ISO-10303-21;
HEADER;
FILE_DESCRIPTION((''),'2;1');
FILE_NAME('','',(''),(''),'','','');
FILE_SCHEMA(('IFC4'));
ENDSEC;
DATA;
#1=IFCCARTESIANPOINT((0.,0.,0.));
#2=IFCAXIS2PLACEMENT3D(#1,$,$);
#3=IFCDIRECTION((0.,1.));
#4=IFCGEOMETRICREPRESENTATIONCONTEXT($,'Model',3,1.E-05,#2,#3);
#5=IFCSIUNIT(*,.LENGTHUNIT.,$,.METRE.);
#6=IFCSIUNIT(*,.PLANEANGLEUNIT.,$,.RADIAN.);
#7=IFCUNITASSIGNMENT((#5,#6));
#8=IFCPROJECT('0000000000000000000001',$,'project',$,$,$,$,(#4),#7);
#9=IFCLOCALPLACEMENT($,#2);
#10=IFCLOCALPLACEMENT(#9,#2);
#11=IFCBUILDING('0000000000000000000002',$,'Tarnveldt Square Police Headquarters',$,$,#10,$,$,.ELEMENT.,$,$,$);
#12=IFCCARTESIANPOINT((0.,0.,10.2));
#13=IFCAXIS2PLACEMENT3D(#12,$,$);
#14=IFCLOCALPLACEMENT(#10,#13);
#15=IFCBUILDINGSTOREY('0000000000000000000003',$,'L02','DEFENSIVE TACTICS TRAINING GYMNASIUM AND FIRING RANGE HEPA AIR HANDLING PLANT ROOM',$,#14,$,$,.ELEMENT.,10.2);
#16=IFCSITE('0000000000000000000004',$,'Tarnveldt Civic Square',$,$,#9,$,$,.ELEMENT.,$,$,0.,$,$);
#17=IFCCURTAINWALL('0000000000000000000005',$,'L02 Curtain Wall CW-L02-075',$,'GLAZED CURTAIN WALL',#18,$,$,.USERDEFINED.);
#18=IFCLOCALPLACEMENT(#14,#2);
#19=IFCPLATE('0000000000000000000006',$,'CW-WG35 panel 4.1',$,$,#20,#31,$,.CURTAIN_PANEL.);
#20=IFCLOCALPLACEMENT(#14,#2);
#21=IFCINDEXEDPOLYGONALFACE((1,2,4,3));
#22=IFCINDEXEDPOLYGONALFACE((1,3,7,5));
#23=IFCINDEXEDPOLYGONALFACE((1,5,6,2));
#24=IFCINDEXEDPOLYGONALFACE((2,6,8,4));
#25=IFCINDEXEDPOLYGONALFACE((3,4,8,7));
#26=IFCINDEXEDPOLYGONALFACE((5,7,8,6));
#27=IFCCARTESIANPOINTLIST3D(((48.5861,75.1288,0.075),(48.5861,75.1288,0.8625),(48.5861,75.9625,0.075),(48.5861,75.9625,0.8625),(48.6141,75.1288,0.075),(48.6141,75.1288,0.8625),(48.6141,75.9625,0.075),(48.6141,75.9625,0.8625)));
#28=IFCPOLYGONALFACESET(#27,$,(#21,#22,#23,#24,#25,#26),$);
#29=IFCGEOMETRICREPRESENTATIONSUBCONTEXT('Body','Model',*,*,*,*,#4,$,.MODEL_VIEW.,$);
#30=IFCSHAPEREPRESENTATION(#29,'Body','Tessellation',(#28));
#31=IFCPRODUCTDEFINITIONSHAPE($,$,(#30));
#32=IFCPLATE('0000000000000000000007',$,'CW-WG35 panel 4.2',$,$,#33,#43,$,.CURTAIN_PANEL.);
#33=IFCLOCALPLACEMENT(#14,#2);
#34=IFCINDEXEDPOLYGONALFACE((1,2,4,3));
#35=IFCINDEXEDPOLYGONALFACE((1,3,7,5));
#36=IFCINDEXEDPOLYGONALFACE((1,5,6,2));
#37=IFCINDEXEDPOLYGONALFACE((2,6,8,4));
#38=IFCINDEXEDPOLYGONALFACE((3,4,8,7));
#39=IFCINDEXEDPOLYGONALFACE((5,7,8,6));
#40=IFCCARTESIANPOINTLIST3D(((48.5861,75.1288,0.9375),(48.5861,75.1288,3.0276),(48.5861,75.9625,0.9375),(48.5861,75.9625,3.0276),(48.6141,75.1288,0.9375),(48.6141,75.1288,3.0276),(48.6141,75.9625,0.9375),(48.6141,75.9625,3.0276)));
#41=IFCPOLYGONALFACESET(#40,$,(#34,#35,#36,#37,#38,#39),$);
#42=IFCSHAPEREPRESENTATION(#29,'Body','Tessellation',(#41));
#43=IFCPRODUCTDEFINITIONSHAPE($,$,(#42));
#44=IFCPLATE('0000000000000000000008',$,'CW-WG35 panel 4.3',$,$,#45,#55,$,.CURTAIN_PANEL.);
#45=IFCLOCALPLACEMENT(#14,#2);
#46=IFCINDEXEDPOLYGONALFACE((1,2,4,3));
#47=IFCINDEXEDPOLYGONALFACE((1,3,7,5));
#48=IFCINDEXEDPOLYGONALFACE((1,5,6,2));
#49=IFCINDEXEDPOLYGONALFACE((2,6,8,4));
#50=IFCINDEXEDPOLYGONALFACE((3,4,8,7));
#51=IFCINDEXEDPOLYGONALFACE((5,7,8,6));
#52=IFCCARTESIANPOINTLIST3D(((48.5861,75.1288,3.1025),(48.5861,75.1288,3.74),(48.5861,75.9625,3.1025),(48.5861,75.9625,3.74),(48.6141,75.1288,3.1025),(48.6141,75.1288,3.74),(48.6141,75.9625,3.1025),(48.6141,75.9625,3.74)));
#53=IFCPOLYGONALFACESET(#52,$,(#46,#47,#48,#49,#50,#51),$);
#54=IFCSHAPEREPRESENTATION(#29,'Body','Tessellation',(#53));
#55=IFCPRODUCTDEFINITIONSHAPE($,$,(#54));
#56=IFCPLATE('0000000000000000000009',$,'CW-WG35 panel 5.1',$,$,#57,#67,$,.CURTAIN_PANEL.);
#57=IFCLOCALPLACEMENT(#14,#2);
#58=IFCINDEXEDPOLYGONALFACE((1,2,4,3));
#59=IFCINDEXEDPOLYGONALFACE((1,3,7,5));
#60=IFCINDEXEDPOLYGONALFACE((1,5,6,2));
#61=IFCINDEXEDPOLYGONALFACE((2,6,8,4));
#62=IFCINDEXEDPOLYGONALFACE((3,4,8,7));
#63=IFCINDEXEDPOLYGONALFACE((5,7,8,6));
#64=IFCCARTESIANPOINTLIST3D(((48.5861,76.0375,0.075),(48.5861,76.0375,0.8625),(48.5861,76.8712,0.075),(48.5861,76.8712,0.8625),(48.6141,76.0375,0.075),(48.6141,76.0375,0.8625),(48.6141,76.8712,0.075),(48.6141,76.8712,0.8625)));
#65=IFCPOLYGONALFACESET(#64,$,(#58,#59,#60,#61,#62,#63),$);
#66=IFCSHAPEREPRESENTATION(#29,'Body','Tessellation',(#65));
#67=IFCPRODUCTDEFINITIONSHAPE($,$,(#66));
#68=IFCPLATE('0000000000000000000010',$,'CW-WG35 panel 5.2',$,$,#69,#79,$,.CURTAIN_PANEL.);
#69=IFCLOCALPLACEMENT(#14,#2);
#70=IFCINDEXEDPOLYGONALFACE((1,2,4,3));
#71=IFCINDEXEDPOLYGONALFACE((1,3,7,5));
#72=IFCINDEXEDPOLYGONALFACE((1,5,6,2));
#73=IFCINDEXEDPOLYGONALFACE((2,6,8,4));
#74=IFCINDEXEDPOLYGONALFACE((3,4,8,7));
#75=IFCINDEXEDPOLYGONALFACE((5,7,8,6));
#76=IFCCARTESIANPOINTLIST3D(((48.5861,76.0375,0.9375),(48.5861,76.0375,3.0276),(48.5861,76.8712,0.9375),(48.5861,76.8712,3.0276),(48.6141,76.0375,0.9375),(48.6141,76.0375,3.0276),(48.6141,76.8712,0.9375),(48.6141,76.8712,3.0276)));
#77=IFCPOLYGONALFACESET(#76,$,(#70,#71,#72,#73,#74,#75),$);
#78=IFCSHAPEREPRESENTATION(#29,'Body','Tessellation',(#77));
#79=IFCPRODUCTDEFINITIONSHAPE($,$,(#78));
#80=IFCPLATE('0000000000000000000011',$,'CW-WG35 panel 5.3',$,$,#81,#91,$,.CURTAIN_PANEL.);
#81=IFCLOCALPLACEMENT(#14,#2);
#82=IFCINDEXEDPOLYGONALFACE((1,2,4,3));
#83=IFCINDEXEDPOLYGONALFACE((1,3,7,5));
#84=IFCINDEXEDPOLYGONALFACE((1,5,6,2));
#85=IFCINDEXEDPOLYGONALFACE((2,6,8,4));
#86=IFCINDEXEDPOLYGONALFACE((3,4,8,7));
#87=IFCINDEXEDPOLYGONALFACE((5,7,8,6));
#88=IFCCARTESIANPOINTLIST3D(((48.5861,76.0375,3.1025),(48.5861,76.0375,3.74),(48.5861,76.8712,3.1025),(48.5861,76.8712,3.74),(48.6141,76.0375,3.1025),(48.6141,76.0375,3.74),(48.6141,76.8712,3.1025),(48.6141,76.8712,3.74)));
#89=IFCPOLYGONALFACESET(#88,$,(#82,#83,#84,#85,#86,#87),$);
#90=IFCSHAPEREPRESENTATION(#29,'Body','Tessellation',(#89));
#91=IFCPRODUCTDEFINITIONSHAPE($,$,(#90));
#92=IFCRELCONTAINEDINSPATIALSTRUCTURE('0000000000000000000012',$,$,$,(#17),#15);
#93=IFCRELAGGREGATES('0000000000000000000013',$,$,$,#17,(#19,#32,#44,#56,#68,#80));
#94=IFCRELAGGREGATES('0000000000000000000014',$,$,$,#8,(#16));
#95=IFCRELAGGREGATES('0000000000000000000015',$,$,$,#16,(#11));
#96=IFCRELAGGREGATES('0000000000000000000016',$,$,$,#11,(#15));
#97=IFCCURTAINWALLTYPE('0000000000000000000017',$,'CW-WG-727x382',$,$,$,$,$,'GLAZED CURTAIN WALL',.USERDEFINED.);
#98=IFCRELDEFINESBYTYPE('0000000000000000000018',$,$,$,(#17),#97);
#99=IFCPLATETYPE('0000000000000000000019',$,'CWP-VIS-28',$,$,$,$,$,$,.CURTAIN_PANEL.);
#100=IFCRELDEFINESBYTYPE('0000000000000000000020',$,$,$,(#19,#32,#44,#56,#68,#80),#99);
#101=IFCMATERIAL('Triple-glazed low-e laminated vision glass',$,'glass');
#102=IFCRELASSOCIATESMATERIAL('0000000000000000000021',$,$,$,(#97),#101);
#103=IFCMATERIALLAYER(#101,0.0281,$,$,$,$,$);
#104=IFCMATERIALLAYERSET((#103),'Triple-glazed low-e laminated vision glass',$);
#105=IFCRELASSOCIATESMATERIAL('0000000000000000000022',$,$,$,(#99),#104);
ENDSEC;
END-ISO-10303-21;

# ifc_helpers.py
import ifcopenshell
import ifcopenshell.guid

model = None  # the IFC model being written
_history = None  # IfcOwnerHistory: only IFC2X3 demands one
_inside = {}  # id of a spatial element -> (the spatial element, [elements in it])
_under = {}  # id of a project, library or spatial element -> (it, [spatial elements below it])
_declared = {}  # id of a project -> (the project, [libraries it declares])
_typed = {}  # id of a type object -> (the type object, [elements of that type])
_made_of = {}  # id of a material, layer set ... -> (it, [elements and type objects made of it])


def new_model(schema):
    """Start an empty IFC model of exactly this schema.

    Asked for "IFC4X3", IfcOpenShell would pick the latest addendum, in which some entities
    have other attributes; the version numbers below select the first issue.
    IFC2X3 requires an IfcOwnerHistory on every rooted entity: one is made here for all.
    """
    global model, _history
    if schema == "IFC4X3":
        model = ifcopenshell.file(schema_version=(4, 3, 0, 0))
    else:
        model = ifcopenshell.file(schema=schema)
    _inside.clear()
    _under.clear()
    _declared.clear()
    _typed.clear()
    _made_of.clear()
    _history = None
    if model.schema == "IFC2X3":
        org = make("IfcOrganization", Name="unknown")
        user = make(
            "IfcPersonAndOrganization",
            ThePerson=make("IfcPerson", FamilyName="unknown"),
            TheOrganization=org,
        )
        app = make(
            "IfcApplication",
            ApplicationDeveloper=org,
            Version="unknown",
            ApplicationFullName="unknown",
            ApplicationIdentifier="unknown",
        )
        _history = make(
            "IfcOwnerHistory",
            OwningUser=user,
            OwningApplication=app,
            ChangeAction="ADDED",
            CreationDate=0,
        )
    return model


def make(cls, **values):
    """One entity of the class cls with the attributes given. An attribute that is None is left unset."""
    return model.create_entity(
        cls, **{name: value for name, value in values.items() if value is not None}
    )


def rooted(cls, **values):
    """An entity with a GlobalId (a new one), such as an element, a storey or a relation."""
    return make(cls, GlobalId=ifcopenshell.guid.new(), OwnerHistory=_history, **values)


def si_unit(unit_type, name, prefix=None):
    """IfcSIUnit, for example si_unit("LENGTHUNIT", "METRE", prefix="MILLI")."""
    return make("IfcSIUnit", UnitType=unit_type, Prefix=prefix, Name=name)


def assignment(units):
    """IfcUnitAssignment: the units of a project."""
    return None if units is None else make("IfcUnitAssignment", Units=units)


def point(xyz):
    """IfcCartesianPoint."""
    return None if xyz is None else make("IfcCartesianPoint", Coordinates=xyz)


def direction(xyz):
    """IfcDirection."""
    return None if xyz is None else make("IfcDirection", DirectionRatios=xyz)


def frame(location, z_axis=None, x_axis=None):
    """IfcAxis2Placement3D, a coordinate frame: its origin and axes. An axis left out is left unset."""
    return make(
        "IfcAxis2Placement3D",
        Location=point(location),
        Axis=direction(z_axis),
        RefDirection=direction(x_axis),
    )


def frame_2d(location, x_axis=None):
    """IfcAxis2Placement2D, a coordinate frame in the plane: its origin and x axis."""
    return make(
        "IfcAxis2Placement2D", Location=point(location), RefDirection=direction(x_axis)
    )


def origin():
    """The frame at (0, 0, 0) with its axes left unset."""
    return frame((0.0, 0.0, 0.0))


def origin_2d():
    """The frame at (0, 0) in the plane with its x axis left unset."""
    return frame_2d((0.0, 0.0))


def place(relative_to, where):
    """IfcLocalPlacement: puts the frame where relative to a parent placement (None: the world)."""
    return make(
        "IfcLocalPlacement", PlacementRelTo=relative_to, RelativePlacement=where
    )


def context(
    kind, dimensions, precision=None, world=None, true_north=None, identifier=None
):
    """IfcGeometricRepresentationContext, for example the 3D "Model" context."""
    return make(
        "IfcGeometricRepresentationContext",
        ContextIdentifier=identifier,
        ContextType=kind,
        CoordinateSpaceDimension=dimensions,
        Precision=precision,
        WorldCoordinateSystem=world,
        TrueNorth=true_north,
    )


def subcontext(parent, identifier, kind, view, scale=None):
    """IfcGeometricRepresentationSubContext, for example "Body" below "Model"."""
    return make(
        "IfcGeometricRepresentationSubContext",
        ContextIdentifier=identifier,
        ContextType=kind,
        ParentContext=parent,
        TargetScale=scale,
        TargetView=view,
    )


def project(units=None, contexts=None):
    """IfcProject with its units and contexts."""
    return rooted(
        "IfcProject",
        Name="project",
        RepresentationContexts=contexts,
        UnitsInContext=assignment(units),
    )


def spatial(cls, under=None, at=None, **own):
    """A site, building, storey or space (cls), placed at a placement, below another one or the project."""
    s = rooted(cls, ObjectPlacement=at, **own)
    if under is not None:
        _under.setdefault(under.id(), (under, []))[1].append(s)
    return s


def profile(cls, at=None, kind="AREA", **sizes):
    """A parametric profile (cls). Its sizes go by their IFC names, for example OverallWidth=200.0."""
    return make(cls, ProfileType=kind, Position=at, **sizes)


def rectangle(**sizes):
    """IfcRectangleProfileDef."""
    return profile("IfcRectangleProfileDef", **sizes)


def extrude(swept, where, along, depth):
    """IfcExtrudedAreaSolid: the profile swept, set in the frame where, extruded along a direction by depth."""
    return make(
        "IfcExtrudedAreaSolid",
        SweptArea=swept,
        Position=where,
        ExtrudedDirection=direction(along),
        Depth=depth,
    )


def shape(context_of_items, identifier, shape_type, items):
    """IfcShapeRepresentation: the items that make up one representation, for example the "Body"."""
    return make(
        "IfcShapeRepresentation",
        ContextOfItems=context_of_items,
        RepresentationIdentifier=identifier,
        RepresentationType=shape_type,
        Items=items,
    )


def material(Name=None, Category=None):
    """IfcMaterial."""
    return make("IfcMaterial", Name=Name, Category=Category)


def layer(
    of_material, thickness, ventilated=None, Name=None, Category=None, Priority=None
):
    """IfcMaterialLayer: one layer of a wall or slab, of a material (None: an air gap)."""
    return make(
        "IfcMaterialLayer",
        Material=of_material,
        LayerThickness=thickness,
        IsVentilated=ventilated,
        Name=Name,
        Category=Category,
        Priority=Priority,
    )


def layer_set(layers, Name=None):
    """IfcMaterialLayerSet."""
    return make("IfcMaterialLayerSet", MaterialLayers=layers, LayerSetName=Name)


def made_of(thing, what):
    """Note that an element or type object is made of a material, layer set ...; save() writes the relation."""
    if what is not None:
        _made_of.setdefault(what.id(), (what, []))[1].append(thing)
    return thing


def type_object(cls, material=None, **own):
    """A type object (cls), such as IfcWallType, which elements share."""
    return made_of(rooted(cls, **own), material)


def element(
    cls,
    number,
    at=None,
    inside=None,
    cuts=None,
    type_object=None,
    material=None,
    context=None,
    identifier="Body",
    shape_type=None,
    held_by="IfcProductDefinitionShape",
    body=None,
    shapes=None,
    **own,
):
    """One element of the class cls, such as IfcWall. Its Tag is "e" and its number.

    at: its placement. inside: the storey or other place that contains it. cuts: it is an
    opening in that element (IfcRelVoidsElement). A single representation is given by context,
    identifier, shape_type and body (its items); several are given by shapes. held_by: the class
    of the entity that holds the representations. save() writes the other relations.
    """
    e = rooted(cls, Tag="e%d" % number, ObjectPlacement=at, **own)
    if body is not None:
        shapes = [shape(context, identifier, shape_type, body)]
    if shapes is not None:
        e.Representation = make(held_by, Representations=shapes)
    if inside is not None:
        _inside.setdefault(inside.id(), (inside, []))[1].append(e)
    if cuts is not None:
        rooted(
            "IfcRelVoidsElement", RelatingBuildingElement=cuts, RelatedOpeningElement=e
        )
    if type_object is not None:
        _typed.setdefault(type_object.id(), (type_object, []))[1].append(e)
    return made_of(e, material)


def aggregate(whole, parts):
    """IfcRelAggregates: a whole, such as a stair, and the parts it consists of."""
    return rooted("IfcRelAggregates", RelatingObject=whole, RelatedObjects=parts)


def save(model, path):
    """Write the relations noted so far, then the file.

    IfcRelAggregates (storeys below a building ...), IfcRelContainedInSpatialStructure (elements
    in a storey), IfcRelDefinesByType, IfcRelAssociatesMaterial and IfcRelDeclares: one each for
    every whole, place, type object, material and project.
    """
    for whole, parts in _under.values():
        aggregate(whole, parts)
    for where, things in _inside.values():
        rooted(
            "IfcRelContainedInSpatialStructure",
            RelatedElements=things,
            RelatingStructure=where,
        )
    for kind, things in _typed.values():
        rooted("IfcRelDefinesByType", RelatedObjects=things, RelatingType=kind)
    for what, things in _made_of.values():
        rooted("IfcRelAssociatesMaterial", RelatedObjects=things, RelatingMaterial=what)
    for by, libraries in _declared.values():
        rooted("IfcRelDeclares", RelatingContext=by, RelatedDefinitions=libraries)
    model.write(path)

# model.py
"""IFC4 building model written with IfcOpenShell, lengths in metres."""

from ifc_helpers import new_model, si_unit, direction, frame, origin, origin_2d, place, context, subcontext, project, spatial, rectangle, extrude, material, layer, layer_set, type_object, element, aggregate, save


model = new_model("IFC4")

# Units and contexts
model_context = context("Model", 3, precision=1e-05, world=origin(), true_north=direction((0.0, 1.0)))
body_context = subcontext(model_context, "Body", "Model", "MODEL_VIEW")
ifc_project = project(units=[si_unit("LENGTHUNIT", "METRE"), si_unit("PLANEANGLEUNIT", "RADIAN")], contexts=[model_context])

# Site, building, storey
site_placement = place(None, origin())
site = spatial("IfcSite", under=ifc_project, at=site_placement, Name="Tarnveldt Civic Square", CompositionType="ELEMENT", RefElevation=0.0)
building_placement = place(site_placement, origin())
building = spatial("IfcBuilding", under=site, at=building_placement, Name="Tarnveldt Square Police Headquarters", CompositionType="ELEMENT")
storey_placement = place(building_placement, frame((0.0, 0.0, 10.2)))
storey = spatial("IfcBuildingStorey", under=building, at=storey_placement, Name="L02", Description="DEFENSIVE TACTICS TRAINING GYMNASIUM AND FIRING RANGE HEPA AIR HANDLING PLANT ROOM", CompositionType="ELEMENT", Elevation=10.2)

# Curtain wall, plates
ifc_material_1 = material(Name="Triple-glazed low-e laminated vision glass", Category="glass")
curtain_wall_type = type_object("IfcCurtainWallType", Name="CW-WG-727x382", ElementType="GLAZED CURTAIN WALL", PredefinedType="USERDEFINED", material=ifc_material_1)
curtain_wall_placement = place(storey_placement, origin())
curtain_wall = element("IfcCurtainWall", 1, at=curtain_wall_placement, inside=storey, type_object=curtain_wall_type, Name="L02 Curtain Wall CW-L02-075", ObjectType="GLAZED CURTAIN WALL", PredefinedType="USERDEFINED")
ifc_layer = layer(ifc_material_1, 0.0281)
ifc_layer_set = layer_set([ifc_layer], Name="Triple-glazed low-e laminated vision glass")
plate_type = type_object("IfcPlateType", Name="CWP-VIS-28", PredefinedType="CURTAIN_PANEL", material=ifc_layer_set)
plate_1_placement = place(storey_placement, frame((48.6001, 75.5457, 0.075), z_axis=(0.0, 0.0, 1.0), x_axis=(0.0, 1.0, 0.0)))
plate_1 = element("IfcPlate", 2, at=plate_1_placement, type_object=plate_type, Name="CW-WG35 panel 4.1", PredefinedType="CURTAIN_PANEL", context=body_context, shape_type="SweptSolid", body=[
    extrude(rectangle(XDim=0.8337, YDim=0.0281, at=origin_2d()), origin(), (0.0, 0.0, 1.0), 0.7876),
])
plate_2_placement = place(storey_placement, frame((48.6001, 75.5457, 0.9375), z_axis=(0.0, 0.0, 1.0), x_axis=(0.0, 1.0, 0.0)))
plate_2 = element("IfcPlate", 3, at=plate_2_placement, type_object=plate_type, Name="CW-WG35 panel 4.2", PredefinedType="CURTAIN_PANEL", context=body_context, shape_type="SweptSolid", body=[
    extrude(rectangle(XDim=0.8337, YDim=0.0281, at=origin_2d()), origin(), (0.0, 0.0, 1.0), 2.0901),
])
plate_3_placement = place(storey_placement, frame((48.6001, 75.5457, 3.1025), z_axis=(0.0, 0.0, 1.0), x_axis=(0.0, 1.0, 0.0)))
plate_3 = element("IfcPlate", 4, at=plate_3_placement, type_object=plate_type, Name="CW-WG35 panel 4.3", PredefinedType="CURTAIN_PANEL", context=body_context, shape_type="SweptSolid", body=[
    extrude(rectangle(XDim=0.8337, YDim=0.0281, at=origin_2d()), origin(), (0.0, 0.0, 1.0), 0.6375),
])
plate_4_placement = place(storey_placement, frame((48.6001, 76.4543, 0.075), z_axis=(0.0, 0.0, 1.0), x_axis=(0.0, 1.0, 0.0)))
plate_4 = element("IfcPlate", 5, at=plate_4_placement, type_object=plate_type, Name="CW-WG35 panel 5.1", PredefinedType="CURTAIN_PANEL", context=body_context, shape_type="SweptSolid", body=[
    extrude(rectangle(XDim=0.8337, YDim=0.0281, at=origin_2d()), origin(), (0.0, 0.0, 1.0), 0.7876),
])
plate_5_placement = place(storey_placement, frame((48.6001, 76.4543, 0.9375), z_axis=(0.0, 0.0, 1.0), x_axis=(0.0, 1.0, 0.0)))
plate_5 = element("IfcPlate", 6, at=plate_5_placement, type_object=plate_type, Name="CW-WG35 panel 5.2", PredefinedType="CURTAIN_PANEL", context=body_context, shape_type="SweptSolid", body=[
    extrude(rectangle(XDim=0.8337, YDim=0.0281, at=origin_2d()), origin(), (0.0, 0.0, 1.0), 2.0901),
])
plate_6_placement = place(storey_placement, frame((48.6001, 76.4543, 3.1025), z_axis=(0.0, 0.0, 1.0), x_axis=(0.0, 1.0, 0.0)))
plate_6 = element("IfcPlate", 7, at=plate_6_placement, type_object=plate_type, Name="CW-WG35 panel 5.3", PredefinedType="CURTAIN_PANEL", context=body_context, shape_type="SweptSolid", body=[
    extrude(rectangle(XDim=0.8337, YDim=0.0281, at=origin_2d()), origin(), (0.0, 0.0, 1.0), 0.6375),
])
aggregate(curtain_wall, [plate_1, plate_2, plate_3, plate_4, plate_5, plate_6])

save(model, "model.ifc")
